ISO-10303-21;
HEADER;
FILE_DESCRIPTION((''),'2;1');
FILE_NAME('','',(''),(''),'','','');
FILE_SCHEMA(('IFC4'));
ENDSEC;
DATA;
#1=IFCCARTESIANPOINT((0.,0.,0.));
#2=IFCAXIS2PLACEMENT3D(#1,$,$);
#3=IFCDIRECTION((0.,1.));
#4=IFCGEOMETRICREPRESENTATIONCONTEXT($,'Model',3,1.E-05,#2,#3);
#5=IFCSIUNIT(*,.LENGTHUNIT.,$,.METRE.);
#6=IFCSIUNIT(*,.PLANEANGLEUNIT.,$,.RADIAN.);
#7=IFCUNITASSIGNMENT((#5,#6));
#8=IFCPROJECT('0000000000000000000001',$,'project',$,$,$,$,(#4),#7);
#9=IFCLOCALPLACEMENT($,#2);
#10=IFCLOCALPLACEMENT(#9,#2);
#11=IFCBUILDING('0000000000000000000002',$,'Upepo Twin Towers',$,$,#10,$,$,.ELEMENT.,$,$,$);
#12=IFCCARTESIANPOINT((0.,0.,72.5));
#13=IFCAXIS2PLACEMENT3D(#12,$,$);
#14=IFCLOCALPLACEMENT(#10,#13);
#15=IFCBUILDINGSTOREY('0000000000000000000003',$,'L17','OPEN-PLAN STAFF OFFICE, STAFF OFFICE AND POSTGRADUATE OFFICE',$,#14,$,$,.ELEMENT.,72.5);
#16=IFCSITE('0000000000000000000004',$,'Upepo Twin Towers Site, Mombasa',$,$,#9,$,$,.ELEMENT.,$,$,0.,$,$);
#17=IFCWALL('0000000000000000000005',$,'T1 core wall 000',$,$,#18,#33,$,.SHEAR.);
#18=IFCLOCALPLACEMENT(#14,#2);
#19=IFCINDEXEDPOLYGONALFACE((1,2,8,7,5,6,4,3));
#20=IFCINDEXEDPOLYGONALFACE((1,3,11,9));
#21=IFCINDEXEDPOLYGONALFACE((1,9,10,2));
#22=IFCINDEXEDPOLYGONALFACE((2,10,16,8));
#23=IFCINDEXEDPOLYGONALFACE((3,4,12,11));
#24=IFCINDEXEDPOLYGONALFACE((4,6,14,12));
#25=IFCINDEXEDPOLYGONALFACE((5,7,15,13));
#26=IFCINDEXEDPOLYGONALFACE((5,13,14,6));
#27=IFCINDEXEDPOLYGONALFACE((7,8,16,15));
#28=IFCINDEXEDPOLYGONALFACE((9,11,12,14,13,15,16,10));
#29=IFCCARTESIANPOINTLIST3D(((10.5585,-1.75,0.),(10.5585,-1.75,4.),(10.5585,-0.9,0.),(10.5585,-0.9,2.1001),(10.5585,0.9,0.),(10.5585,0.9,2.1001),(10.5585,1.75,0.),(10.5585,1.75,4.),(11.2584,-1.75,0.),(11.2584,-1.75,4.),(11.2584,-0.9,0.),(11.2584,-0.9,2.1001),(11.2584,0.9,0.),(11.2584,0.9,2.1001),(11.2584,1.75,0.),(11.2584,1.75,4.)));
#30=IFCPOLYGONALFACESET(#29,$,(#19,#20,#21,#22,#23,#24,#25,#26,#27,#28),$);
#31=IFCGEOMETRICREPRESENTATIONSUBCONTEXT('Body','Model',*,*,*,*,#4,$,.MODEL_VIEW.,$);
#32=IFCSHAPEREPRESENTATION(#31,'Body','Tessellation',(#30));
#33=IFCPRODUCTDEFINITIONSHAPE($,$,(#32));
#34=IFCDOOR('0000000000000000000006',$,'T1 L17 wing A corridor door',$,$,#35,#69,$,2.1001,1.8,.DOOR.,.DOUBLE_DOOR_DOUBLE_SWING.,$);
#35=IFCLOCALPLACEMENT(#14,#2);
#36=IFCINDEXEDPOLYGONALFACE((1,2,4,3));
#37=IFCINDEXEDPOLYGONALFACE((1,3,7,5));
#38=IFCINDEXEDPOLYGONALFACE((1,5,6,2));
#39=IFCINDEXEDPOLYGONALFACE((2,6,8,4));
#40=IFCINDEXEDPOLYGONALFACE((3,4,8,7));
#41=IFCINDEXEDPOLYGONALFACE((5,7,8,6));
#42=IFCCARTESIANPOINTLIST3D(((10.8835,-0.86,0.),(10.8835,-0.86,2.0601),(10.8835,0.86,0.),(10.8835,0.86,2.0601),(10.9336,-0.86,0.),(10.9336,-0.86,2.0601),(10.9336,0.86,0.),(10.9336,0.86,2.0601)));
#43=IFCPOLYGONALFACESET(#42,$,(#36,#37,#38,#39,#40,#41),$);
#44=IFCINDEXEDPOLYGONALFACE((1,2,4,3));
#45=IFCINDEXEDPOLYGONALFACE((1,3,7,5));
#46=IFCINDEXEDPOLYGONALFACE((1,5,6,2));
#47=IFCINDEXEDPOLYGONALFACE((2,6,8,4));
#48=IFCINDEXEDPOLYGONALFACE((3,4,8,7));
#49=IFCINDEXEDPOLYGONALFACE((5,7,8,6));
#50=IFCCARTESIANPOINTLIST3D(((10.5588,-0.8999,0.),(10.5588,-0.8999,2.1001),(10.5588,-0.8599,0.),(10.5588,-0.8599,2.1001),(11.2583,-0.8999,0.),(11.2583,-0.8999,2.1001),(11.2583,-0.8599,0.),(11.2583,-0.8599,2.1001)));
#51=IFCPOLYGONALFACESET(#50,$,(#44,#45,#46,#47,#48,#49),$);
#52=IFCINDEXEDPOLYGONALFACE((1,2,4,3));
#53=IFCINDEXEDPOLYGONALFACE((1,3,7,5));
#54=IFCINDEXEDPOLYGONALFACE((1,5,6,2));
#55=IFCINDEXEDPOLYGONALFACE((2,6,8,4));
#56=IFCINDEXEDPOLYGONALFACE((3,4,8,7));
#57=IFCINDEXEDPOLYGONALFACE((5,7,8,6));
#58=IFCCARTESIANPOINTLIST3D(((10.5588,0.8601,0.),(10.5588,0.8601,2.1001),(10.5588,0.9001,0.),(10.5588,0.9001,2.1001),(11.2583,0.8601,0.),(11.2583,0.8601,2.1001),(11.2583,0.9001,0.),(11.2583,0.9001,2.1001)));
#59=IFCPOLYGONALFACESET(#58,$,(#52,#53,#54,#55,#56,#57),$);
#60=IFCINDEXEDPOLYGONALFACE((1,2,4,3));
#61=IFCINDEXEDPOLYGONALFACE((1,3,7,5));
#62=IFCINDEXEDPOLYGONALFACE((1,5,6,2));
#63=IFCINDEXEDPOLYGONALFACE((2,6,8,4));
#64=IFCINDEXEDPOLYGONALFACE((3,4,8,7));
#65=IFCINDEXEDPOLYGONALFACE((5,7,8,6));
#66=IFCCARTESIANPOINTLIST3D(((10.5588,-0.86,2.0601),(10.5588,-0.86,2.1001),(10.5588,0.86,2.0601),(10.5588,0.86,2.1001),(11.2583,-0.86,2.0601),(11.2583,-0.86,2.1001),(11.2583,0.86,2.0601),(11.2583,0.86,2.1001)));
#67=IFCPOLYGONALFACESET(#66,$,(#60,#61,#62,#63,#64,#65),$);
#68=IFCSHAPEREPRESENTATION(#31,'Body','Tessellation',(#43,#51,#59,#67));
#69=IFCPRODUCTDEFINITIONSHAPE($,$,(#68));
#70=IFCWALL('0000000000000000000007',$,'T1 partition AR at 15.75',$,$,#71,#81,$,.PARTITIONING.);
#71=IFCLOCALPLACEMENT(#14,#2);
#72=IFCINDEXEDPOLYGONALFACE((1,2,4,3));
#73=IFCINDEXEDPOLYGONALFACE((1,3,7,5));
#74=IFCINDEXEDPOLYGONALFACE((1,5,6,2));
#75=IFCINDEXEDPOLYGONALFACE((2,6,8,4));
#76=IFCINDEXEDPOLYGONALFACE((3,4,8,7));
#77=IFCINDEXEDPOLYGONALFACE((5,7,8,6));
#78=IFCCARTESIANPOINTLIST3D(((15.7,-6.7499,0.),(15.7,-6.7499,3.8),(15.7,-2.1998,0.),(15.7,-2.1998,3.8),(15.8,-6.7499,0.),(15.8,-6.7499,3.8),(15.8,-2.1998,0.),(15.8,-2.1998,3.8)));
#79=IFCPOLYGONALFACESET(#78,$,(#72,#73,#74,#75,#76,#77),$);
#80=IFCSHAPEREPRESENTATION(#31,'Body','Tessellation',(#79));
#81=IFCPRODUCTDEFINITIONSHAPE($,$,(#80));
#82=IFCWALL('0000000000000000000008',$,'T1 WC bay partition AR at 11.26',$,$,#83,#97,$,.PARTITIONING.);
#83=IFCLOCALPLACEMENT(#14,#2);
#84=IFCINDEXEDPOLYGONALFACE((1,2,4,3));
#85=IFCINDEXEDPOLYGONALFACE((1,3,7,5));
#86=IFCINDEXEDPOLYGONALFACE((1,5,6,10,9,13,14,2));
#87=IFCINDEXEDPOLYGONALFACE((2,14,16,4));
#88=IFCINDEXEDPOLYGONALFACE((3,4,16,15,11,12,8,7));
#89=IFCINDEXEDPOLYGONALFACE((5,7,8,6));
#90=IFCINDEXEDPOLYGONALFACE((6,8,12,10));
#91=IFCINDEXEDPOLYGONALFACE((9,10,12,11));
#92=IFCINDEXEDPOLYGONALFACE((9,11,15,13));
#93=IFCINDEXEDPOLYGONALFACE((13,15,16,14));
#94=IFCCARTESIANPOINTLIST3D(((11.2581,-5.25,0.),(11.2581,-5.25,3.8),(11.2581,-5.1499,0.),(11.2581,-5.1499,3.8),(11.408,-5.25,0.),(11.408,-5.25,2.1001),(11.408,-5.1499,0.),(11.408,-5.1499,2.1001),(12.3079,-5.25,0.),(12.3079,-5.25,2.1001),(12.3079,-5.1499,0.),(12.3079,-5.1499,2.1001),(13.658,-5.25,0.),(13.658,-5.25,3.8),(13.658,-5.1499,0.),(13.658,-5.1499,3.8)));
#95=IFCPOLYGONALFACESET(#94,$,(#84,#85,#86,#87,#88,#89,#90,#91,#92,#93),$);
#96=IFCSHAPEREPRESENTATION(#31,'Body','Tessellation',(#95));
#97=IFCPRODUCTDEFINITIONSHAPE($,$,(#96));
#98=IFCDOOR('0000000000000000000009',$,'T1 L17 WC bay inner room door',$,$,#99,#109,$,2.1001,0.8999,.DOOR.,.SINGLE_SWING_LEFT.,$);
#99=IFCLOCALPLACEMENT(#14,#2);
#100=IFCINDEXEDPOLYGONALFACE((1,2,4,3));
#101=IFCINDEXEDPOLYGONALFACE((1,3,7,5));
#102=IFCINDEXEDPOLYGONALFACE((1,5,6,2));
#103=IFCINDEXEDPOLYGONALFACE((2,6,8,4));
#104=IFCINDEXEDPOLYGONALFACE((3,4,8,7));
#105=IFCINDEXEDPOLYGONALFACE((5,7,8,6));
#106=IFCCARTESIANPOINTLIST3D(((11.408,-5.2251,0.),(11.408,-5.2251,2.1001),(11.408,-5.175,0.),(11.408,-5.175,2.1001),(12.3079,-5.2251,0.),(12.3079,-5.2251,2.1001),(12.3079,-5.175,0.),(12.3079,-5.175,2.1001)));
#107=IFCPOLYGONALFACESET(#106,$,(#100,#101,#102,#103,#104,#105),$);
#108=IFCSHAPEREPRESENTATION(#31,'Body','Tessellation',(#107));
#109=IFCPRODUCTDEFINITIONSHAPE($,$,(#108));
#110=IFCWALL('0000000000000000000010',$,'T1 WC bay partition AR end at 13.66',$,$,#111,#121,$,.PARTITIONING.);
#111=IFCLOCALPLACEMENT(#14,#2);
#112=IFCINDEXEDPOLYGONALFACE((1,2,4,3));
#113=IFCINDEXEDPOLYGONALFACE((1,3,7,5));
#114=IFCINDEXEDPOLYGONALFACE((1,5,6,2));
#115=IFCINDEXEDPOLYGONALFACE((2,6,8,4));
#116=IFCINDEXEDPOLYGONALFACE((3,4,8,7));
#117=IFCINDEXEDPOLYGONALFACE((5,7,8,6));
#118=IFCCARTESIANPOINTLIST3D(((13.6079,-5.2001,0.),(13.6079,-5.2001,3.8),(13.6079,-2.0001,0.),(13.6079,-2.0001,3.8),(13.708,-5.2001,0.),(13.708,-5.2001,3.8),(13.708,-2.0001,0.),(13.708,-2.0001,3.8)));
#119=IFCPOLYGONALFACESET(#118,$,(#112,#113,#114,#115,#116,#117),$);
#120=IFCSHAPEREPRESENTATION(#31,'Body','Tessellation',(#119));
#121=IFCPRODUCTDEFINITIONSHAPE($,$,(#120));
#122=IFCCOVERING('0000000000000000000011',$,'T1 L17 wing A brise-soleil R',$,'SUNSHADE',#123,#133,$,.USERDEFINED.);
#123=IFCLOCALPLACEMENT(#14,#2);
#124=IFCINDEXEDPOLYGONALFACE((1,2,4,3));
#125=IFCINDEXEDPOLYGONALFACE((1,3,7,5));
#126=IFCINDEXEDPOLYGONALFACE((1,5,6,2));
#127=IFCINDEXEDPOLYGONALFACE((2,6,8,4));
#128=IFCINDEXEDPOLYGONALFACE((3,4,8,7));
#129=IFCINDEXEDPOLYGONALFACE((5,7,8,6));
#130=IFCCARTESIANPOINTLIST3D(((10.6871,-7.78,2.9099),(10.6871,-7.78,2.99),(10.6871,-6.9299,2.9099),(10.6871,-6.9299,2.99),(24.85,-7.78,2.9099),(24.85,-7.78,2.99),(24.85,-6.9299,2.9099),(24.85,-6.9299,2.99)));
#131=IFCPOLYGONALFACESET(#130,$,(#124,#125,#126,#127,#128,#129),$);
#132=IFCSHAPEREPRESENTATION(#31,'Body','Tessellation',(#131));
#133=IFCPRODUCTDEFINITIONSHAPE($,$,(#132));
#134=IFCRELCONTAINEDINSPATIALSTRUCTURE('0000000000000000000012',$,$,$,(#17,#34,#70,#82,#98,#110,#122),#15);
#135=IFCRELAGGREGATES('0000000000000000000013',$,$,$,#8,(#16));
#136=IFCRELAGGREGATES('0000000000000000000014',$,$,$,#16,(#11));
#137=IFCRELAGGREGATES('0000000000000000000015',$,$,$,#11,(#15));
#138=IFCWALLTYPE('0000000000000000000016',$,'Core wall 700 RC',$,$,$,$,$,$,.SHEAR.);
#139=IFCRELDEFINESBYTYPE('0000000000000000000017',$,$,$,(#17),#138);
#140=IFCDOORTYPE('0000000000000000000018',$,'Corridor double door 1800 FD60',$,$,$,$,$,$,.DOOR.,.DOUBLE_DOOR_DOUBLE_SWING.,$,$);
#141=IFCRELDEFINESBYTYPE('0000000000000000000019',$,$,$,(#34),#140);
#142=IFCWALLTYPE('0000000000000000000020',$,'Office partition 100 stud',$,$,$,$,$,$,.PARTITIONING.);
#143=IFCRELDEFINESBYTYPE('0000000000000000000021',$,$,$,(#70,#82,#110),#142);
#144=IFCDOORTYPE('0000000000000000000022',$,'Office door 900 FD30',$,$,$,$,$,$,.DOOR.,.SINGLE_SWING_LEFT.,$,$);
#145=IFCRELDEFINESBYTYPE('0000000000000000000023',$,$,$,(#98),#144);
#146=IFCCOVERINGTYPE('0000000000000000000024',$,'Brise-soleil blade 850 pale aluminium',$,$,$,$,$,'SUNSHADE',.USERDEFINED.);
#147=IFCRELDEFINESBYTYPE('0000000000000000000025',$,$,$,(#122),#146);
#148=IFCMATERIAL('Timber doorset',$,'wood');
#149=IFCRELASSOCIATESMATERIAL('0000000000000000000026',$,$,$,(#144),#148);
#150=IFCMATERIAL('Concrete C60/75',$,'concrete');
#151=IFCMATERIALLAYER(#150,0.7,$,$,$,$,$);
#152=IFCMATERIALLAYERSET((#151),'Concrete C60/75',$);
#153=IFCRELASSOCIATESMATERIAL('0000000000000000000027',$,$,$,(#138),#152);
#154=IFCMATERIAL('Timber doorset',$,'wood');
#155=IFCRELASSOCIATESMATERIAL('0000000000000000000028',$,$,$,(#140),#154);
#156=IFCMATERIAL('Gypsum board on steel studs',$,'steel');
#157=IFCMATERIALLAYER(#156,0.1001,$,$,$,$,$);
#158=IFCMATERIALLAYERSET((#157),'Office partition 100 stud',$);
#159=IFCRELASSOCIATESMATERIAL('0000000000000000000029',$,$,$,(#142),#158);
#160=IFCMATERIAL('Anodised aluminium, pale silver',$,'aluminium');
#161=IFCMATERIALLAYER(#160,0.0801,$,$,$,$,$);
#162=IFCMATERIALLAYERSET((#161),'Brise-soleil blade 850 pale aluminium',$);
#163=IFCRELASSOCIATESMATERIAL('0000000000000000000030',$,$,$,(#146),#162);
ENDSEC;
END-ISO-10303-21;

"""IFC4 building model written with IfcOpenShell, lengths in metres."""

from ifc_helpers import new_model, si_unit, direction, frame, frame_2d, origin, origin_2d, place, context, subcontext, project, spatial, rectangle, extrude, material, layer, layer_set, type_object, element, fill, save


model = new_model("IFC4")

# Units and contexts
model_context = context("Model", 3, precision=1e-05, world=origin(), true_north=direction((0.0, 1.0)))
body_context = subcontext(model_context, "Body", "Model", "MODEL_VIEW")
ifc_project = project(units=[si_unit("LENGTHUNIT", "METRE"), si_unit("PLANEANGLEUNIT", "RADIAN")], contexts=[model_context])

# Site, building, storey
site_placement = place(None, origin())
site = spatial("IfcSite", under=ifc_project, at=site_placement, Name="Upepo Twin Towers Site, Mombasa", CompositionType="ELEMENT", RefElevation=0.0)
building_placement = place(site_placement, origin())
building = spatial("IfcBuilding", under=site, at=building_placement, Name="Upepo Twin Towers", CompositionType="ELEMENT")
storey_placement = place(building_placement, frame((0.0, 0.0, 72.5)))
storey = spatial("IfcBuildingStorey", under=building, at=storey_placement, Name="L17", Description="OPEN-PLAN STAFF OFFICE, STAFF OFFICE AND POSTGRADUATE OFFICE", CompositionType="ELEMENT", Elevation=72.5)

# Shared definitions
ifc_material_1 = material(Name="Timber doorset", Category="wood")
door_type_1 = type_object("IfcDoorType", Name="Office door 900 FD30", OperationType="SINGLE_SWING_LEFT", PredefinedType="DOOR", material=ifc_material_1)

# Wall, opening, door
ifc_material_2 = material(Name="Concrete C60/75", Category="concrete")
ifc_layer_1 = layer(ifc_material_2, 0.7)
ifc_layer_set_1 = layer_set([ifc_layer_1], Name="Concrete C60/75")
wall_type_1 = type_object("IfcWallType", Name="Core wall 700 RC", PredefinedType="SHEAR", material=ifc_layer_set_1)
wall_1_placement = place(storey_placement, frame((10.9084, -1.75, 0.0), z_axis=(0.0, 0.0, 1.0), x_axis=(0.0, 1.0, 0.0)))
wall_1 = element("IfcWall", 1, at=wall_1_placement, inside=storey, type_object=wall_type_1, Name="T1 core wall 000", PredefinedType="SHEAR", context=body_context, shape_type="SweptSolid", body=[
    extrude(rectangle(XDim=3.5, YDim=0.7, at=frame_2d((1.75, 0.0))), origin(), (0.0, 0.0, 1.0), 4.0),
])
opening_1_placement = place(wall_1_placement, frame((0.8501, 0.0, 0.0)))
opening_1 = element("IfcOpeningElement", 2, at=opening_1_placement, cuts=wall_1, PredefinedType="OPENING", context=body_context, shape_type="SweptSolid", body=[
    extrude(rectangle(XDim=1.8, YDim=2.1001, at=frame_2d((0.8999, 1.05))), frame((0.0, 0.3599, 0.0), z_axis=(0.0, -1.0, 0.0), x_axis=(1.0, 0.0, 0.0)), (0.0, 0.0, 1.0), 0.72),
])
ifc_material_3 = material(Name="Timber doorset", Category="wood")
door_type_2 = type_object("IfcDoorType", Name="Corridor double door 1800 FD60", OperationType="DOUBLE_DOOR_DOUBLE_SWING", PredefinedType="DOOR", material=ifc_material_3)
door_1_placement = place(opening_1_placement, origin())
door_1 = element("IfcDoor", 3, at=door_1_placement, inside=storey, type_object=door_type_2, Name="T1 L17 wing A corridor door", OperationType="DOUBLE_DOOR_DOUBLE_SWING", OverallHeight=2.1001, OverallWidth=1.8, PredefinedType="DOOR", context=body_context, shape_type="SweptSolid", body=[
    extrude(rectangle(XDim=1.72, YDim=2.0601, at=frame_2d((0.8999, 1.03))), frame((0.0, 0.0249, 0.0), z_axis=(0.0, -1.0, 0.0), x_axis=(1.0, 0.0, 0.0)), (0.0, 0.0, 1.0), 0.05),
    extrude(rectangle(XDim=0.04, YDim=2.1001, at=frame_2d((0.02, 1.05))), frame((0.0, 0.3496, 0.0), z_axis=(0.0, -1.0, 0.0), x_axis=(1.0, 0.0, 0.0)), (0.0, 0.0, 1.0), 0.6995),
    extrude(rectangle(XDim=0.04, YDim=2.1001, at=frame_2d((1.78, 1.05))), frame((0.0, 0.3496, 0.0), z_axis=(0.0, -1.0, 0.0), x_axis=(1.0, 0.0, 0.0)), (0.0, 0.0, 1.0), 0.6995),
    extrude(rectangle(XDim=1.72, YDim=0.04, at=frame_2d((0.8999, 2.0801))), frame((0.0, 0.3496, 0.0), z_axis=(0.0, -1.0, 0.0), x_axis=(1.0, 0.0, 0.0)), (0.0, 0.0, 1.0), 0.6995),
])
fill(opening_1, door_1)

# Wall
ifc_material_4 = material(Name="Gypsum board on steel studs", Category="steel")
ifc_layer_2 = layer(ifc_material_4, 0.1001)
ifc_layer_set_2 = layer_set([ifc_layer_2], Name="Office partition 100 stud")
wall_type_2 = type_object("IfcWallType", Name="Office partition 100 stud", PredefinedType="PARTITIONING", material=ifc_layer_set_2)
wall_2_placement = place(storey_placement, frame((15.75, -2.2, 0.0), z_axis=(0.0, 0.0, 1.0), x_axis=(0.0, -1.0, 0.0)))
element("IfcWall", 4, at=wall_2_placement, inside=storey, type_object=wall_type_2, Name="T1 partition AR at 15.75", PredefinedType="PARTITIONING", context=body_context, shape_type="SweptSolid", body=[
    extrude(rectangle(XDim=4.55, YDim=0.1001, at=frame_2d((2.2749, 0.0))), origin(), (0.0, 0.0, 1.0), 3.8),
])

# Wall, opening, door
wall_3_placement = place(storey_placement, frame((11.2581, -5.2, 0.0), z_axis=(0.0, 0.0, 1.0), x_axis=(1.0, 0.0, 0.0)))
wall_3 = element("IfcWall", 5, at=wall_3_placement, inside=storey, type_object=wall_type_2, Name="T1 WC bay partition AR at 11.26", PredefinedType="PARTITIONING", context=body_context, shape_type="SweptSolid", body=[
    extrude(rectangle(XDim=2.3999, YDim=0.1001, at=frame_2d((1.2, 0.0))), origin(), (0.0, 0.0, 1.0), 3.8),
])
opening_2_placement = place(wall_3_placement, frame((0.1499, 0.0, 0.0)))
opening_2 = element("IfcOpeningElement", 6, at=opening_2_placement, cuts=wall_3, PredefinedType="OPENING", context=body_context, shape_type="SweptSolid", body=[
    extrude(rectangle(XDim=0.8999, YDim=2.1001, at=frame_2d((0.45, 1.05))), frame((0.0, 0.0601, 0.0), z_axis=(0.0, -1.0, 0.0), x_axis=(1.0, 0.0, 0.0)), (0.0, 0.0, 1.0), 0.1201),
])
door_2_placement = place(opening_2_placement, origin())
door_2 = element("IfcDoor", 7, at=door_2_placement, inside=storey, type_object=door_type_1, Name="T1 L17 WC bay inner room door", OperationType="SINGLE_SWING_LEFT", OverallHeight=2.1001, OverallWidth=0.8999, PredefinedType="DOOR", context=body_context, shape_type="SweptSolid", body=[
    extrude(rectangle(XDim=0.8999, YDim=2.1001, at=frame_2d((0.45, 1.05))), frame((0.0, 0.0249, 0.0), z_axis=(0.0, -1.0, 0.0), x_axis=(1.0, 0.0, 0.0)), (0.0, 0.0, 1.0), 0.05),
])
fill(opening_2, door_2)

# Wall
wall_4_placement = place(storey_placement, frame((13.658, -2.0, 0.0), z_axis=(0.0, 0.0, 1.0), x_axis=(0.0, -1.0, 0.0)))
element("IfcWall", 8, at=wall_4_placement, inside=storey, type_object=wall_type_2, Name="T1 WC bay partition AR end at 13.66", PredefinedType="PARTITIONING", context=body_context, shape_type="SweptSolid", body=[
    extrude(rectangle(XDim=3.2, YDim=0.1001, at=frame_2d((1.6001, 0.0))), origin(), (0.0, 0.0, 1.0), 3.8),
])

# Covering
ifc_material_5 = material(Name="Anodised aluminium, pale silver", Category="aluminium")
ifc_layer_3 = layer(ifc_material_5, 0.0801)
ifc_layer_set_3 = layer_set([ifc_layer_3], Name="Brise-soleil blade 850 pale aluminium")
covering_type = type_object("IfcCoveringType", Name="Brise-soleil blade 850 pale aluminium", ElementType="SUNSHADE", PredefinedType="USERDEFINED", material=ifc_layer_set_3)
covering_placement = place(storey_placement, frame((17.7686, -7.355, 2.9099), z_axis=(0.0, 0.0, 1.0), x_axis=(1.0, 0.0, 0.0)))
element("IfcCovering", 9, at=covering_placement, inside=storey, type_object=covering_type, Name="T1 L17 wing A brise-soleil R", ObjectType="SUNSHADE", PredefinedType="USERDEFINED", context=body_context, shape_type="SweptSolid", body=[
    extrude(rectangle(XDim=14.1628, YDim=0.8501, at=origin_2d()), origin(), (0.0, 0.0, 1.0), 0.0801),
])

save(model, "model.ifc")
